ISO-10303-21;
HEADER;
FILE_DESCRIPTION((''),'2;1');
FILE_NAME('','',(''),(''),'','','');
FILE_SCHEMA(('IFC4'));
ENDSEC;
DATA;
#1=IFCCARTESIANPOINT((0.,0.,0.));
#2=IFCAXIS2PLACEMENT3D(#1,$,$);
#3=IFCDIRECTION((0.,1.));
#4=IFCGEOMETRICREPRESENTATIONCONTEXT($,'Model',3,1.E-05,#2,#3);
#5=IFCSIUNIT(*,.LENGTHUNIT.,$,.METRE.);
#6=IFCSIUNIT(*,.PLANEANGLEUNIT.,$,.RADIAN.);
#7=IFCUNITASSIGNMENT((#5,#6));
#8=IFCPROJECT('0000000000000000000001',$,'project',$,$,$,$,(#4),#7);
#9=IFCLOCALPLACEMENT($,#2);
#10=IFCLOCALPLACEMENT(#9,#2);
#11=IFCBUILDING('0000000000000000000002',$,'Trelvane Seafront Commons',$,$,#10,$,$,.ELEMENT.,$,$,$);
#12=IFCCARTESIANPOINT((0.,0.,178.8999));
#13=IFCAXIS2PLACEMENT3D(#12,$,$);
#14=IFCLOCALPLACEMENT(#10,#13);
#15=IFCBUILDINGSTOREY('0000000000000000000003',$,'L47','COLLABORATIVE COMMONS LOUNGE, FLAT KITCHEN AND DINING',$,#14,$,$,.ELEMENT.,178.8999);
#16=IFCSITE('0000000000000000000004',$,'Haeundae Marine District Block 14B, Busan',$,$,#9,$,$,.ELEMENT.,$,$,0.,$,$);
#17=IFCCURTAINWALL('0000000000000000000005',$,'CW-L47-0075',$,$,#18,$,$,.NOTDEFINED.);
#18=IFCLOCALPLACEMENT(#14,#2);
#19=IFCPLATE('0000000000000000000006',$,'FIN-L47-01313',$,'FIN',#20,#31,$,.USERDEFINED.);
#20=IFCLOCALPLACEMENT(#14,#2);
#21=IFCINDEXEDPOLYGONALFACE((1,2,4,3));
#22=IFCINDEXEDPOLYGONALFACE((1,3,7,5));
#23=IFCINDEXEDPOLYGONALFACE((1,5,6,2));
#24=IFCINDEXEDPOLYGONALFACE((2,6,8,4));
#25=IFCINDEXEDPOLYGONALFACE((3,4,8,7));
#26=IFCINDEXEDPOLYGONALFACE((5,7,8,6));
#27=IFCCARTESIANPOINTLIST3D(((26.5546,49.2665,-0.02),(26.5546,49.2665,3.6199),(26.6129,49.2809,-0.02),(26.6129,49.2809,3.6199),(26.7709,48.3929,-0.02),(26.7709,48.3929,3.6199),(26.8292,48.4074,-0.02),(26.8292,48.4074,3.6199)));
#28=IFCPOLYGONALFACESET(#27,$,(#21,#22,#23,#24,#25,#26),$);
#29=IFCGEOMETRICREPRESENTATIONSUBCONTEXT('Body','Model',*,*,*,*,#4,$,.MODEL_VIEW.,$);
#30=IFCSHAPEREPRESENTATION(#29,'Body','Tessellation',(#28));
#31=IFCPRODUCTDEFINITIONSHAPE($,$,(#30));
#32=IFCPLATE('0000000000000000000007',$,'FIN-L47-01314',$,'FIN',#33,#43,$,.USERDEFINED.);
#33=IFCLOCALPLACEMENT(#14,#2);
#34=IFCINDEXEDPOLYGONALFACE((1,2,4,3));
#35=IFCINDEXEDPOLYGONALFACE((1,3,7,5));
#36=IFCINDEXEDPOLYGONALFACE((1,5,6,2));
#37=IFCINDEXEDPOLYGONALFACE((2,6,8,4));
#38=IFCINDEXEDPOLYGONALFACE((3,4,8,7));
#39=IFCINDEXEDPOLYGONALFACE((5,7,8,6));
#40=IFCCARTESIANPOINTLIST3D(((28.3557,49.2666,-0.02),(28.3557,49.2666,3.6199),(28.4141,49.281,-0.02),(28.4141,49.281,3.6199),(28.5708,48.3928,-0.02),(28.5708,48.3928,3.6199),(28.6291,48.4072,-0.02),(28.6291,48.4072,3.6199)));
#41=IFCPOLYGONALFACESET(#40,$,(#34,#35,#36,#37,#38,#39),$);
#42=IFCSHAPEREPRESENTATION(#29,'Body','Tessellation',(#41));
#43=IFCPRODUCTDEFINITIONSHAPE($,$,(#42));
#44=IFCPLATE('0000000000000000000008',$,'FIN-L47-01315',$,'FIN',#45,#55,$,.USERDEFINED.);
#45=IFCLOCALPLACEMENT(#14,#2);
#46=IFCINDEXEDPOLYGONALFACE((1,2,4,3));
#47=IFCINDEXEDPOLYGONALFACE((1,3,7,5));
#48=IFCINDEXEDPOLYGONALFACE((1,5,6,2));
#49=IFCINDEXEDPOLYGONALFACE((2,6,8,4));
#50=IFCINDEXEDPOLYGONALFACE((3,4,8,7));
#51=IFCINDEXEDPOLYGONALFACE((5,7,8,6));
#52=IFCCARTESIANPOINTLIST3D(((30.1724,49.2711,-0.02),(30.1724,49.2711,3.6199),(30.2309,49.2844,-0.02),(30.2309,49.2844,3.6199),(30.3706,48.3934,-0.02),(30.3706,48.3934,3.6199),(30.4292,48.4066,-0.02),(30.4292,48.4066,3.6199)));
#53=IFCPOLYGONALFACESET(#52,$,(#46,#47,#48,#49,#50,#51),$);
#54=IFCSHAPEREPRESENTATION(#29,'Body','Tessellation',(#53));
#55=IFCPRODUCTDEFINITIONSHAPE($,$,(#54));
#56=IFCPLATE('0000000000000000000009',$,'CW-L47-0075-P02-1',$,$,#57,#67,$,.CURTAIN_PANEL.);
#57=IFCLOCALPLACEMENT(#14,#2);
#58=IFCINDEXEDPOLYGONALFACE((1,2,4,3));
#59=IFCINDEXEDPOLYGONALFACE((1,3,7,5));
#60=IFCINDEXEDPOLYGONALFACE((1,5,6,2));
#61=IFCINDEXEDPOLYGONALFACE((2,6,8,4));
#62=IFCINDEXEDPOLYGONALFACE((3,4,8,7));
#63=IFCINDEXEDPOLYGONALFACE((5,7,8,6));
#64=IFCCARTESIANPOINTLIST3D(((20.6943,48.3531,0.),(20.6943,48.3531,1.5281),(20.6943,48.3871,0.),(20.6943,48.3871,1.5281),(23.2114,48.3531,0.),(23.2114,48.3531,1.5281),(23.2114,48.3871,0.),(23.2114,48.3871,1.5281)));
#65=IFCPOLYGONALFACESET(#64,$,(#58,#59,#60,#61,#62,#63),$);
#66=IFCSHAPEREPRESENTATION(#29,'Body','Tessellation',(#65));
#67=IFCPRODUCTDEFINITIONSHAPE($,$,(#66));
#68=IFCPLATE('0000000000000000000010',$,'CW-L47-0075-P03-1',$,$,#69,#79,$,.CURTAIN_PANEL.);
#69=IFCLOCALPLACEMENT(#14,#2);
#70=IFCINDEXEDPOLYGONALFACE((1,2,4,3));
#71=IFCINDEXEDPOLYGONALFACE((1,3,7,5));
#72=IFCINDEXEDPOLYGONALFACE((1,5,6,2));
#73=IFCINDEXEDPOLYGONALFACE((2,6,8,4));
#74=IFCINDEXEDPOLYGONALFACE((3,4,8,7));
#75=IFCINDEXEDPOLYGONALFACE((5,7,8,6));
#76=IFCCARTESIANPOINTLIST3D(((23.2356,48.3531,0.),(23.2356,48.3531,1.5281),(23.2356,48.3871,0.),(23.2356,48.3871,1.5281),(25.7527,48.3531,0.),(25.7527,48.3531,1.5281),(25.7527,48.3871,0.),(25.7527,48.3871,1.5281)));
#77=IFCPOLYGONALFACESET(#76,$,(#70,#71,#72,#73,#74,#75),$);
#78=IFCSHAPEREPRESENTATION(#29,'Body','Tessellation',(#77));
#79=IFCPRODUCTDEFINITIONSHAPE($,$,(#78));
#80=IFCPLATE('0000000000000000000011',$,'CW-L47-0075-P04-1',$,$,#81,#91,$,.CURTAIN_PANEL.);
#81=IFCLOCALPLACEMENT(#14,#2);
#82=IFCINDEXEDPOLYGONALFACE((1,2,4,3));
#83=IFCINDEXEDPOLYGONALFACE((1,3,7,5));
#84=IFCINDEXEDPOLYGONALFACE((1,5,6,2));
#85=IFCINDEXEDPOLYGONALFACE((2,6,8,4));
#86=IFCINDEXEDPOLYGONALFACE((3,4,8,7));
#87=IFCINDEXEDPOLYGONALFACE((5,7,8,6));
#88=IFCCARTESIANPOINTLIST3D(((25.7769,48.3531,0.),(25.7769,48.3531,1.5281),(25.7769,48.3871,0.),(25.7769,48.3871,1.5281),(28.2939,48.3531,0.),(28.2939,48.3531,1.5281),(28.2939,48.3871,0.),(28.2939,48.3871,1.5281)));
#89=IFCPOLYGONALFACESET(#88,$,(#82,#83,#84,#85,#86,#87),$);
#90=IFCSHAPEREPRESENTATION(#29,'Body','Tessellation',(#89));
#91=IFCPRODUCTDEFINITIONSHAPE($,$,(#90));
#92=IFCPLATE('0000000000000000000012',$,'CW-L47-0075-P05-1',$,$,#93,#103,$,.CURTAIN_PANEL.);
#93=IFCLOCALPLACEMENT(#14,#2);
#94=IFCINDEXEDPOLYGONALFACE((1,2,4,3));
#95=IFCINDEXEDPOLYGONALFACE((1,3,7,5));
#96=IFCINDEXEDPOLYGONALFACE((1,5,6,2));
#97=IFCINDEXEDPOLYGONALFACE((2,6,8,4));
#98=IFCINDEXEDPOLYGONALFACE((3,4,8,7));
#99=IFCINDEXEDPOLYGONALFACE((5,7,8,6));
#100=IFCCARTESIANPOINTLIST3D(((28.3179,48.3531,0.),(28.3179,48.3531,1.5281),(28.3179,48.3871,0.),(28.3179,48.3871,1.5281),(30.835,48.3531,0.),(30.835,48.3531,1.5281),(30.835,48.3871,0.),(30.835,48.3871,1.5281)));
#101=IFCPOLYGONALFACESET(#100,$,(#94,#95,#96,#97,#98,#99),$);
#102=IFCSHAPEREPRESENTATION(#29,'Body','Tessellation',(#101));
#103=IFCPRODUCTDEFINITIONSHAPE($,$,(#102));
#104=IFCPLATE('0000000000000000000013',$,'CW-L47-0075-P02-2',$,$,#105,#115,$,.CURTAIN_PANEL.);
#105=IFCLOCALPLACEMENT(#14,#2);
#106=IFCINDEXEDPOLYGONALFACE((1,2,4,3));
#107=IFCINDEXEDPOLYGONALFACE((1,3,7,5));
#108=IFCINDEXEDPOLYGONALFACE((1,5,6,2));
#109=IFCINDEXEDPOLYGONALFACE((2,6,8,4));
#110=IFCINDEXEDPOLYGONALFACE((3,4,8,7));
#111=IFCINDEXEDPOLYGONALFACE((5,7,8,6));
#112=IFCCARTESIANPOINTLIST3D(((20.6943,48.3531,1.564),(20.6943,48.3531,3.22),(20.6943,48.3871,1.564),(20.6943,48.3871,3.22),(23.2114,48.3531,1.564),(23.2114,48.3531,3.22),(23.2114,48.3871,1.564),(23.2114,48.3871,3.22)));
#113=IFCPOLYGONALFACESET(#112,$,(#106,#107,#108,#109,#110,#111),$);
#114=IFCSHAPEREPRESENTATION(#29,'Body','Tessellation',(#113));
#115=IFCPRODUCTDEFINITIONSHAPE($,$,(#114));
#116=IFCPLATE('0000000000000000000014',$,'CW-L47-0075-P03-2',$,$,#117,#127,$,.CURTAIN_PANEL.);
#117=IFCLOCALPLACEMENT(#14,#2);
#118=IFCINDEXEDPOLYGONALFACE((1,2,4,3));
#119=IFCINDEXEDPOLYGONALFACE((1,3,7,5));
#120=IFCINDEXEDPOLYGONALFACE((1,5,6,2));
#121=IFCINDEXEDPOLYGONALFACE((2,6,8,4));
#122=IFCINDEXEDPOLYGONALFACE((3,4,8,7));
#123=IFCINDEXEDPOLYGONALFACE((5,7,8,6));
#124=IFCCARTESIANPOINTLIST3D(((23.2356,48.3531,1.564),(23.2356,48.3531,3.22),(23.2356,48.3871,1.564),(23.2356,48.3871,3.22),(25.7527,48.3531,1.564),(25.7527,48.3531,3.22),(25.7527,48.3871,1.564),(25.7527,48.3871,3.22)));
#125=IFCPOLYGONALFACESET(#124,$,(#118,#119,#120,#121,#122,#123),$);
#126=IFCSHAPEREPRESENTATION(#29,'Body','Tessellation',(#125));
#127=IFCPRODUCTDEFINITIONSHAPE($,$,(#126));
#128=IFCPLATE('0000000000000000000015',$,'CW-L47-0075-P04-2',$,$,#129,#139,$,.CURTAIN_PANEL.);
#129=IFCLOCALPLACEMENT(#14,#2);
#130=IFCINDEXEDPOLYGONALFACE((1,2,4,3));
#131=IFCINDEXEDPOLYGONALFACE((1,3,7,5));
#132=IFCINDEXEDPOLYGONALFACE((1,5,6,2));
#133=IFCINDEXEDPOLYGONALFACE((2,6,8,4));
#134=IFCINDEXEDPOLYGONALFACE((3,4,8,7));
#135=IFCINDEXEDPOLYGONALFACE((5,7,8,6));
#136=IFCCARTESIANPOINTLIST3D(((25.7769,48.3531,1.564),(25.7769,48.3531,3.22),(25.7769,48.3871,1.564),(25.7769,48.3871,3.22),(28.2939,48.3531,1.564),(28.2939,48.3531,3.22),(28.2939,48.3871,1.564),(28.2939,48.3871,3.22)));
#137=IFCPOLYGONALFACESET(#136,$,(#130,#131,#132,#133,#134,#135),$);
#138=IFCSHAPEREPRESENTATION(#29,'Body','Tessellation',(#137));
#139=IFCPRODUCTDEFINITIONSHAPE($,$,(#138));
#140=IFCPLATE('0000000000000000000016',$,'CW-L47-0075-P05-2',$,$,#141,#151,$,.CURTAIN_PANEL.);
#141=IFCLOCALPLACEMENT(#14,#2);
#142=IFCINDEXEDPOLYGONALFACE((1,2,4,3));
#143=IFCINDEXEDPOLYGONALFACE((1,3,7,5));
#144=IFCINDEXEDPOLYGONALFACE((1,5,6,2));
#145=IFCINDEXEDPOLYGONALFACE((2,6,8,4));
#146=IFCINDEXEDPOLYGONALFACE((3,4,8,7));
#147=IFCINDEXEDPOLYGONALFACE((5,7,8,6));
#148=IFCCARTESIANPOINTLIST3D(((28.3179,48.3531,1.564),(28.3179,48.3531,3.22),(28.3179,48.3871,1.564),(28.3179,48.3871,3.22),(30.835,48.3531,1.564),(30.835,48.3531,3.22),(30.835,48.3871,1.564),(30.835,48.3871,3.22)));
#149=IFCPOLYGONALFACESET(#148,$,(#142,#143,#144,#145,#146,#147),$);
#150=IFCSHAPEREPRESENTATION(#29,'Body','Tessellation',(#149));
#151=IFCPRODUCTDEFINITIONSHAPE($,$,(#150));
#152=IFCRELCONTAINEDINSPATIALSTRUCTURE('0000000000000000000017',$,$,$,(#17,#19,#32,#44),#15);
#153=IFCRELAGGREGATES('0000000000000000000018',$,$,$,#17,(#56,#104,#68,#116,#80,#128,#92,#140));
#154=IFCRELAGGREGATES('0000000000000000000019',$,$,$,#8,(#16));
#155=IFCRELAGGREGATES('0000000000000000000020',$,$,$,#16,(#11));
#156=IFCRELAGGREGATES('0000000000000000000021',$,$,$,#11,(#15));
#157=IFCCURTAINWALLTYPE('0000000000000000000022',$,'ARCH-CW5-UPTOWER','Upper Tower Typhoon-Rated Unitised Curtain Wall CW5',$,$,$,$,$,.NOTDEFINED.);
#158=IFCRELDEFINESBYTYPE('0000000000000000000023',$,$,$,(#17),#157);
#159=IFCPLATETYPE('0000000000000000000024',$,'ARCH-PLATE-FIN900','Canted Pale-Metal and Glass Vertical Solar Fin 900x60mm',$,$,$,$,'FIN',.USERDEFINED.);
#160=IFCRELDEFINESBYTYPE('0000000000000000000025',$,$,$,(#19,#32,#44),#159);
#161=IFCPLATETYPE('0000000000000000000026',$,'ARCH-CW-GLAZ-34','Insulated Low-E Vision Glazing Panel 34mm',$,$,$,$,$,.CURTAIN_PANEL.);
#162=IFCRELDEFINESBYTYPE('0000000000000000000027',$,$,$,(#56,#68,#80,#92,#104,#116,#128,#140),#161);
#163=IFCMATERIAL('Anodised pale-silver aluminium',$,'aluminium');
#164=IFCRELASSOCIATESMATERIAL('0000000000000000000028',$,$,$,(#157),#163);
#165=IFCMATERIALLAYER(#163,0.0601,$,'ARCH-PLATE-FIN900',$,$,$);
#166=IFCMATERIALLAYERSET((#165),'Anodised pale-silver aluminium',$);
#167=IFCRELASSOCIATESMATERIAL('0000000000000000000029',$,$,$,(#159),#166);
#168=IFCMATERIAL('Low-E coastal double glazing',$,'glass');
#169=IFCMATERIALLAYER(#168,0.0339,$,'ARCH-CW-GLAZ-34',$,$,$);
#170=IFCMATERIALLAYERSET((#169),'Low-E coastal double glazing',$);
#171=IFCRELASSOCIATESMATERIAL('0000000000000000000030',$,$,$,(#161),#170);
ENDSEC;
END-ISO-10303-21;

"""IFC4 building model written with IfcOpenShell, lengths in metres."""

from ifc_helpers import new_model, si_unit, direction, frame, origin, origin_2d, place, context, subcontext, project, spatial, rectangle, extrude, source, transform, mapped, material, layer, layer_set, type_object, element, aggregate, save


model = new_model("IFC4")

# Units and contexts
model_context = context("Model", 3, precision=1e-05, world=origin(), true_north=direction((0.0, 1.0)))
body_context = subcontext(model_context, "Body", "Model", "MODEL_VIEW")
ifc_project = project(units=[si_unit("LENGTHUNIT", "METRE"), si_unit("PLANEANGLEUNIT", "RADIAN")], contexts=[model_context])

# Site, building, storey
site_placement = place(None, origin())
site = spatial("IfcSite", under=ifc_project, at=site_placement, Name="Haeundae Marine District Block 14B, Busan", CompositionType="ELEMENT", RefElevation=0.0)
building_placement = place(site_placement, origin())
building = spatial("IfcBuilding", under=site, at=building_placement, Name="Trelvane Seafront Commons", CompositionType="ELEMENT")
storey_placement = place(building_placement, frame((0.0, 0.0, 178.8999)))
storey = spatial("IfcBuildingStorey", under=building, at=storey_placement, Name="L47", Description="COLLABORATIVE COMMONS LOUNGE, FLAT KITCHEN AND DINING", CompositionType="ELEMENT", Elevation=178.8999)

# Curtain wall
ifc_material_1 = material(Name="Anodised pale-silver aluminium", Category="aluminium")
curtain_wall_type = type_object("IfcCurtainWallType", Name="ARCH-CW5-UPTOWER", Description="Upper Tower Typhoon-Rated Unitised Curtain Wall CW5", PredefinedType="NOTDEFINED", material=ifc_material_1)
curtain_wall_placement = place(storey_placement, origin())
curtain_wall = element("IfcCurtainWall", 1, at=curtain_wall_placement, inside=storey, type_object=curtain_wall_type, Name="CW-L47-0075", PredefinedType="NOTDEFINED")

# Plates
ifc_layer_1 = layer(ifc_material_1, 0.0601, Name="ARCH-PLATE-FIN900")
ifc_layer_set_1 = layer_set([ifc_layer_1], Name="Anodised pale-silver aluminium")
plate_type_1 = type_object("IfcPlateType", Name="ARCH-PLATE-FIN900", Description="Canted Pale-Metal and Glass Vertical Solar Fin 900x60mm", ElementType="FIN", PredefinedType="USERDEFINED", material=ifc_layer_set_1)
shared_shape_1 = source(origin(), body_context, "Body", "SweptSolid", [
    extrude(rectangle(XDim=0.8999, YDim=0.0601, at=origin_2d()), origin(), (0.0, 0.0, 1.0), 3.6399),
])
for number, where, z_axis, x_axis, name in (
    (2, (26.6919, 48.8369, -0.02), (0.0, 0.0, 1.0), (-0.240338, 0.970689, 0.0), "FIN-L47-01313"),
    (3, (28.4924, 48.8369, -0.02), (0.0, 0.0, 1.0), (-0.239005, 0.971018, 0.0), "FIN-L47-01314"),
    (4, (30.3008, 48.8389, -0.02), (0.0, 0.0, 1.0), (-0.22033, 0.975425, 0.0), "FIN-L47-01315"),
):
    element("IfcPlate", number, at=place(storey_placement, frame(where, z_axis=z_axis, x_axis=x_axis)), inside=storey, type_object=plate_type_1, Name=name, ObjectType="FIN", PredefinedType="USERDEFINED", context=body_context, shape_type="MappedRepresentation", body=[
        mapped(shared_shape_1, transform((0.0, 0.0, 0.0), x_axis=(1.0, 0.0, 0.0), y_axis=(0.0, 1.0, 0.0), z_axis=(0.0, 0.0, 1.0), scale=1.0)),
    ])

# Plates
ifc_material_2 = material(Name="Low-E coastal double glazing", Category="glass")
ifc_layer_2 = layer(ifc_material_2, 0.0339, Name="ARCH-CW-GLAZ-34")
ifc_layer_set_2 = layer_set([ifc_layer_2], Name="Low-E coastal double glazing")
plate_type_2 = type_object("IfcPlateType", Name="ARCH-CW-GLAZ-34", Description="Insulated Low-E Vision Glazing Panel 34mm", PredefinedType="CURTAIN_PANEL", material=ifc_layer_set_2)
shared_shape_2 = source(origin(), body_context, "Body", "SweptSolid", [
    extrude(rectangle(XDim=2.5171, YDim=0.0339, at=origin_2d()), origin(), (0.0, 0.0, 1.0), 1.5281),
])
plate_1_placement = place(storey_placement, frame((21.9529, 48.3701, 0.0), z_axis=(0.0, 0.0, 1.0), x_axis=(1.0, 0.0, 0.0)))
plate_1 = element("IfcPlate", 5, at=plate_1_placement, type_object=plate_type_2, Name="CW-L47-0075-P02-1", PredefinedType="CURTAIN_PANEL", context=body_context, shape_type="MappedRepresentation", body=[
    mapped(shared_shape_2, transform((0.0, 0.0, 0.0), x_axis=(1.0, 0.0, 0.0), y_axis=(0.0, 1.0, 0.0), z_axis=(0.0, 0.0, 1.0), scale=1.0)),
])
plate_2_placement = place(storey_placement, frame((24.4941, 48.3701, 0.0), z_axis=(0.0, 0.0, 1.0), x_axis=(1.0, 0.0, 0.0)))
plate_2 = element("IfcPlate", 6, at=plate_2_placement, type_object=plate_type_2, Name="CW-L47-0075-P03-1", PredefinedType="CURTAIN_PANEL", context=body_context, shape_type="MappedRepresentation", body=[
    mapped(shared_shape_2, transform((0.0, 0.0, 0.0), x_axis=(1.0, 0.0, 0.0), y_axis=(0.0, 1.0, 0.0), z_axis=(0.0, 0.0, 1.0), scale=1.0)),
])
plate_3_placement = place(storey_placement, frame((27.0354, 48.3701, 0.0), z_axis=(0.0, 0.0, 1.0), x_axis=(1.0, 0.0, 0.0)))
plate_3 = element("IfcPlate", 7, at=plate_3_placement, type_object=plate_type_2, Name="CW-L47-0075-P04-1", PredefinedType="CURTAIN_PANEL", context=body_context, shape_type="MappedRepresentation", body=[
    mapped(shared_shape_2, transform((0.0, 0.0, 0.0), x_axis=(1.0, 0.0, 0.0), y_axis=(0.0, 1.0, 0.0), z_axis=(0.0, 0.0, 1.0), scale=1.0)),
])
plate_4_placement = place(storey_placement, frame((29.5764, 48.3701, 0.0), z_axis=(0.0, 0.0, 1.0), x_axis=(1.0, 0.0, 0.0)))
plate_4 = element("IfcPlate", 8, at=plate_4_placement, type_object=plate_type_2, Name="CW-L47-0075-P05-1", PredefinedType="CURTAIN_PANEL", context=body_context, shape_type="MappedRepresentation", body=[
    mapped(shared_shape_2, transform((0.0, 0.0, 0.0), x_axis=(1.0, 0.0, 0.0), y_axis=(0.0, 1.0, 0.0), z_axis=(0.0, 0.0, 1.0), scale=1.0)),
])
shared_shape_3 = source(origin(), body_context, "Body", "SweptSolid", [
    extrude(rectangle(XDim=2.5171, YDim=0.0339, at=origin_2d()), origin(), (0.0, 0.0, 1.0), 1.656),
])
plate_5_placement = place(storey_placement, frame((21.9529, 48.3701, 1.564), z_axis=(0.0, 0.0, 1.0), x_axis=(1.0, 0.0, 0.0)))
plate_5 = element("IfcPlate", 9, at=plate_5_placement, type_object=plate_type_2, Name="CW-L47-0075-P02-2", PredefinedType="CURTAIN_PANEL", context=body_context, shape_type="MappedRepresentation", body=[
    mapped(shared_shape_3, transform((0.0, 0.0, 0.0), x_axis=(1.0, 0.0, 0.0), y_axis=(0.0, 1.0, 0.0), z_axis=(0.0, 0.0, 1.0), scale=1.0)),
])
plate_6_placement = place(storey_placement, frame((24.4941, 48.3701, 1.564), z_axis=(0.0, 0.0, 1.0), x_axis=(1.0, 0.0, 0.0)))
plate_6 = element("IfcPlate", 10, at=plate_6_placement, type_object=plate_type_2, Name="CW-L47-0075-P03-2", PredefinedType="CURTAIN_PANEL", context=body_context, shape_type="MappedRepresentation", body=[
    mapped(shared_shape_3, transform((0.0, 0.0, 0.0), x_axis=(1.0, 0.0, 0.0), y_axis=(0.0, 1.0, 0.0), z_axis=(0.0, 0.0, 1.0), scale=1.0)),
])
plate_7_placement = place(storey_placement, frame((27.0354, 48.3701, 1.564), z_axis=(0.0, 0.0, 1.0), x_axis=(1.0, 0.0, 0.0)))
plate_7 = element("IfcPlate", 11, at=plate_7_placement, type_object=plate_type_2, Name="CW-L47-0075-P04-2", PredefinedType="CURTAIN_PANEL", context=body_context, shape_type="MappedRepresentation", body=[
    mapped(shared_shape_3, transform((0.0, 0.0, 0.0), x_axis=(1.0, 0.0, 0.0), y_axis=(0.0, 1.0, 0.0), z_axis=(0.0, 0.0, 1.0), scale=1.0)),
])
plate_8_placement = place(storey_placement, frame((29.5764, 48.3701, 1.564), z_axis=(0.0, 0.0, 1.0), x_axis=(1.0, 0.0, 0.0)))
plate_8 = element("IfcPlate", 12, at=plate_8_placement, type_object=plate_type_2, Name="CW-L47-0075-P05-2", PredefinedType="CURTAIN_PANEL", context=body_context, shape_type="MappedRepresentation", body=[
    mapped(shared_shape_3, transform((0.0, 0.0, 0.0), x_axis=(1.0, 0.0, 0.0), y_axis=(0.0, 1.0, 0.0), z_axis=(0.0, 0.0, 1.0), scale=1.0)),
])
aggregate(curtain_wall, [plate_1, plate_5, plate_2, plate_6, plate_3, plate_7, plate_4, plate_8])

save(model, "model.ifc")
